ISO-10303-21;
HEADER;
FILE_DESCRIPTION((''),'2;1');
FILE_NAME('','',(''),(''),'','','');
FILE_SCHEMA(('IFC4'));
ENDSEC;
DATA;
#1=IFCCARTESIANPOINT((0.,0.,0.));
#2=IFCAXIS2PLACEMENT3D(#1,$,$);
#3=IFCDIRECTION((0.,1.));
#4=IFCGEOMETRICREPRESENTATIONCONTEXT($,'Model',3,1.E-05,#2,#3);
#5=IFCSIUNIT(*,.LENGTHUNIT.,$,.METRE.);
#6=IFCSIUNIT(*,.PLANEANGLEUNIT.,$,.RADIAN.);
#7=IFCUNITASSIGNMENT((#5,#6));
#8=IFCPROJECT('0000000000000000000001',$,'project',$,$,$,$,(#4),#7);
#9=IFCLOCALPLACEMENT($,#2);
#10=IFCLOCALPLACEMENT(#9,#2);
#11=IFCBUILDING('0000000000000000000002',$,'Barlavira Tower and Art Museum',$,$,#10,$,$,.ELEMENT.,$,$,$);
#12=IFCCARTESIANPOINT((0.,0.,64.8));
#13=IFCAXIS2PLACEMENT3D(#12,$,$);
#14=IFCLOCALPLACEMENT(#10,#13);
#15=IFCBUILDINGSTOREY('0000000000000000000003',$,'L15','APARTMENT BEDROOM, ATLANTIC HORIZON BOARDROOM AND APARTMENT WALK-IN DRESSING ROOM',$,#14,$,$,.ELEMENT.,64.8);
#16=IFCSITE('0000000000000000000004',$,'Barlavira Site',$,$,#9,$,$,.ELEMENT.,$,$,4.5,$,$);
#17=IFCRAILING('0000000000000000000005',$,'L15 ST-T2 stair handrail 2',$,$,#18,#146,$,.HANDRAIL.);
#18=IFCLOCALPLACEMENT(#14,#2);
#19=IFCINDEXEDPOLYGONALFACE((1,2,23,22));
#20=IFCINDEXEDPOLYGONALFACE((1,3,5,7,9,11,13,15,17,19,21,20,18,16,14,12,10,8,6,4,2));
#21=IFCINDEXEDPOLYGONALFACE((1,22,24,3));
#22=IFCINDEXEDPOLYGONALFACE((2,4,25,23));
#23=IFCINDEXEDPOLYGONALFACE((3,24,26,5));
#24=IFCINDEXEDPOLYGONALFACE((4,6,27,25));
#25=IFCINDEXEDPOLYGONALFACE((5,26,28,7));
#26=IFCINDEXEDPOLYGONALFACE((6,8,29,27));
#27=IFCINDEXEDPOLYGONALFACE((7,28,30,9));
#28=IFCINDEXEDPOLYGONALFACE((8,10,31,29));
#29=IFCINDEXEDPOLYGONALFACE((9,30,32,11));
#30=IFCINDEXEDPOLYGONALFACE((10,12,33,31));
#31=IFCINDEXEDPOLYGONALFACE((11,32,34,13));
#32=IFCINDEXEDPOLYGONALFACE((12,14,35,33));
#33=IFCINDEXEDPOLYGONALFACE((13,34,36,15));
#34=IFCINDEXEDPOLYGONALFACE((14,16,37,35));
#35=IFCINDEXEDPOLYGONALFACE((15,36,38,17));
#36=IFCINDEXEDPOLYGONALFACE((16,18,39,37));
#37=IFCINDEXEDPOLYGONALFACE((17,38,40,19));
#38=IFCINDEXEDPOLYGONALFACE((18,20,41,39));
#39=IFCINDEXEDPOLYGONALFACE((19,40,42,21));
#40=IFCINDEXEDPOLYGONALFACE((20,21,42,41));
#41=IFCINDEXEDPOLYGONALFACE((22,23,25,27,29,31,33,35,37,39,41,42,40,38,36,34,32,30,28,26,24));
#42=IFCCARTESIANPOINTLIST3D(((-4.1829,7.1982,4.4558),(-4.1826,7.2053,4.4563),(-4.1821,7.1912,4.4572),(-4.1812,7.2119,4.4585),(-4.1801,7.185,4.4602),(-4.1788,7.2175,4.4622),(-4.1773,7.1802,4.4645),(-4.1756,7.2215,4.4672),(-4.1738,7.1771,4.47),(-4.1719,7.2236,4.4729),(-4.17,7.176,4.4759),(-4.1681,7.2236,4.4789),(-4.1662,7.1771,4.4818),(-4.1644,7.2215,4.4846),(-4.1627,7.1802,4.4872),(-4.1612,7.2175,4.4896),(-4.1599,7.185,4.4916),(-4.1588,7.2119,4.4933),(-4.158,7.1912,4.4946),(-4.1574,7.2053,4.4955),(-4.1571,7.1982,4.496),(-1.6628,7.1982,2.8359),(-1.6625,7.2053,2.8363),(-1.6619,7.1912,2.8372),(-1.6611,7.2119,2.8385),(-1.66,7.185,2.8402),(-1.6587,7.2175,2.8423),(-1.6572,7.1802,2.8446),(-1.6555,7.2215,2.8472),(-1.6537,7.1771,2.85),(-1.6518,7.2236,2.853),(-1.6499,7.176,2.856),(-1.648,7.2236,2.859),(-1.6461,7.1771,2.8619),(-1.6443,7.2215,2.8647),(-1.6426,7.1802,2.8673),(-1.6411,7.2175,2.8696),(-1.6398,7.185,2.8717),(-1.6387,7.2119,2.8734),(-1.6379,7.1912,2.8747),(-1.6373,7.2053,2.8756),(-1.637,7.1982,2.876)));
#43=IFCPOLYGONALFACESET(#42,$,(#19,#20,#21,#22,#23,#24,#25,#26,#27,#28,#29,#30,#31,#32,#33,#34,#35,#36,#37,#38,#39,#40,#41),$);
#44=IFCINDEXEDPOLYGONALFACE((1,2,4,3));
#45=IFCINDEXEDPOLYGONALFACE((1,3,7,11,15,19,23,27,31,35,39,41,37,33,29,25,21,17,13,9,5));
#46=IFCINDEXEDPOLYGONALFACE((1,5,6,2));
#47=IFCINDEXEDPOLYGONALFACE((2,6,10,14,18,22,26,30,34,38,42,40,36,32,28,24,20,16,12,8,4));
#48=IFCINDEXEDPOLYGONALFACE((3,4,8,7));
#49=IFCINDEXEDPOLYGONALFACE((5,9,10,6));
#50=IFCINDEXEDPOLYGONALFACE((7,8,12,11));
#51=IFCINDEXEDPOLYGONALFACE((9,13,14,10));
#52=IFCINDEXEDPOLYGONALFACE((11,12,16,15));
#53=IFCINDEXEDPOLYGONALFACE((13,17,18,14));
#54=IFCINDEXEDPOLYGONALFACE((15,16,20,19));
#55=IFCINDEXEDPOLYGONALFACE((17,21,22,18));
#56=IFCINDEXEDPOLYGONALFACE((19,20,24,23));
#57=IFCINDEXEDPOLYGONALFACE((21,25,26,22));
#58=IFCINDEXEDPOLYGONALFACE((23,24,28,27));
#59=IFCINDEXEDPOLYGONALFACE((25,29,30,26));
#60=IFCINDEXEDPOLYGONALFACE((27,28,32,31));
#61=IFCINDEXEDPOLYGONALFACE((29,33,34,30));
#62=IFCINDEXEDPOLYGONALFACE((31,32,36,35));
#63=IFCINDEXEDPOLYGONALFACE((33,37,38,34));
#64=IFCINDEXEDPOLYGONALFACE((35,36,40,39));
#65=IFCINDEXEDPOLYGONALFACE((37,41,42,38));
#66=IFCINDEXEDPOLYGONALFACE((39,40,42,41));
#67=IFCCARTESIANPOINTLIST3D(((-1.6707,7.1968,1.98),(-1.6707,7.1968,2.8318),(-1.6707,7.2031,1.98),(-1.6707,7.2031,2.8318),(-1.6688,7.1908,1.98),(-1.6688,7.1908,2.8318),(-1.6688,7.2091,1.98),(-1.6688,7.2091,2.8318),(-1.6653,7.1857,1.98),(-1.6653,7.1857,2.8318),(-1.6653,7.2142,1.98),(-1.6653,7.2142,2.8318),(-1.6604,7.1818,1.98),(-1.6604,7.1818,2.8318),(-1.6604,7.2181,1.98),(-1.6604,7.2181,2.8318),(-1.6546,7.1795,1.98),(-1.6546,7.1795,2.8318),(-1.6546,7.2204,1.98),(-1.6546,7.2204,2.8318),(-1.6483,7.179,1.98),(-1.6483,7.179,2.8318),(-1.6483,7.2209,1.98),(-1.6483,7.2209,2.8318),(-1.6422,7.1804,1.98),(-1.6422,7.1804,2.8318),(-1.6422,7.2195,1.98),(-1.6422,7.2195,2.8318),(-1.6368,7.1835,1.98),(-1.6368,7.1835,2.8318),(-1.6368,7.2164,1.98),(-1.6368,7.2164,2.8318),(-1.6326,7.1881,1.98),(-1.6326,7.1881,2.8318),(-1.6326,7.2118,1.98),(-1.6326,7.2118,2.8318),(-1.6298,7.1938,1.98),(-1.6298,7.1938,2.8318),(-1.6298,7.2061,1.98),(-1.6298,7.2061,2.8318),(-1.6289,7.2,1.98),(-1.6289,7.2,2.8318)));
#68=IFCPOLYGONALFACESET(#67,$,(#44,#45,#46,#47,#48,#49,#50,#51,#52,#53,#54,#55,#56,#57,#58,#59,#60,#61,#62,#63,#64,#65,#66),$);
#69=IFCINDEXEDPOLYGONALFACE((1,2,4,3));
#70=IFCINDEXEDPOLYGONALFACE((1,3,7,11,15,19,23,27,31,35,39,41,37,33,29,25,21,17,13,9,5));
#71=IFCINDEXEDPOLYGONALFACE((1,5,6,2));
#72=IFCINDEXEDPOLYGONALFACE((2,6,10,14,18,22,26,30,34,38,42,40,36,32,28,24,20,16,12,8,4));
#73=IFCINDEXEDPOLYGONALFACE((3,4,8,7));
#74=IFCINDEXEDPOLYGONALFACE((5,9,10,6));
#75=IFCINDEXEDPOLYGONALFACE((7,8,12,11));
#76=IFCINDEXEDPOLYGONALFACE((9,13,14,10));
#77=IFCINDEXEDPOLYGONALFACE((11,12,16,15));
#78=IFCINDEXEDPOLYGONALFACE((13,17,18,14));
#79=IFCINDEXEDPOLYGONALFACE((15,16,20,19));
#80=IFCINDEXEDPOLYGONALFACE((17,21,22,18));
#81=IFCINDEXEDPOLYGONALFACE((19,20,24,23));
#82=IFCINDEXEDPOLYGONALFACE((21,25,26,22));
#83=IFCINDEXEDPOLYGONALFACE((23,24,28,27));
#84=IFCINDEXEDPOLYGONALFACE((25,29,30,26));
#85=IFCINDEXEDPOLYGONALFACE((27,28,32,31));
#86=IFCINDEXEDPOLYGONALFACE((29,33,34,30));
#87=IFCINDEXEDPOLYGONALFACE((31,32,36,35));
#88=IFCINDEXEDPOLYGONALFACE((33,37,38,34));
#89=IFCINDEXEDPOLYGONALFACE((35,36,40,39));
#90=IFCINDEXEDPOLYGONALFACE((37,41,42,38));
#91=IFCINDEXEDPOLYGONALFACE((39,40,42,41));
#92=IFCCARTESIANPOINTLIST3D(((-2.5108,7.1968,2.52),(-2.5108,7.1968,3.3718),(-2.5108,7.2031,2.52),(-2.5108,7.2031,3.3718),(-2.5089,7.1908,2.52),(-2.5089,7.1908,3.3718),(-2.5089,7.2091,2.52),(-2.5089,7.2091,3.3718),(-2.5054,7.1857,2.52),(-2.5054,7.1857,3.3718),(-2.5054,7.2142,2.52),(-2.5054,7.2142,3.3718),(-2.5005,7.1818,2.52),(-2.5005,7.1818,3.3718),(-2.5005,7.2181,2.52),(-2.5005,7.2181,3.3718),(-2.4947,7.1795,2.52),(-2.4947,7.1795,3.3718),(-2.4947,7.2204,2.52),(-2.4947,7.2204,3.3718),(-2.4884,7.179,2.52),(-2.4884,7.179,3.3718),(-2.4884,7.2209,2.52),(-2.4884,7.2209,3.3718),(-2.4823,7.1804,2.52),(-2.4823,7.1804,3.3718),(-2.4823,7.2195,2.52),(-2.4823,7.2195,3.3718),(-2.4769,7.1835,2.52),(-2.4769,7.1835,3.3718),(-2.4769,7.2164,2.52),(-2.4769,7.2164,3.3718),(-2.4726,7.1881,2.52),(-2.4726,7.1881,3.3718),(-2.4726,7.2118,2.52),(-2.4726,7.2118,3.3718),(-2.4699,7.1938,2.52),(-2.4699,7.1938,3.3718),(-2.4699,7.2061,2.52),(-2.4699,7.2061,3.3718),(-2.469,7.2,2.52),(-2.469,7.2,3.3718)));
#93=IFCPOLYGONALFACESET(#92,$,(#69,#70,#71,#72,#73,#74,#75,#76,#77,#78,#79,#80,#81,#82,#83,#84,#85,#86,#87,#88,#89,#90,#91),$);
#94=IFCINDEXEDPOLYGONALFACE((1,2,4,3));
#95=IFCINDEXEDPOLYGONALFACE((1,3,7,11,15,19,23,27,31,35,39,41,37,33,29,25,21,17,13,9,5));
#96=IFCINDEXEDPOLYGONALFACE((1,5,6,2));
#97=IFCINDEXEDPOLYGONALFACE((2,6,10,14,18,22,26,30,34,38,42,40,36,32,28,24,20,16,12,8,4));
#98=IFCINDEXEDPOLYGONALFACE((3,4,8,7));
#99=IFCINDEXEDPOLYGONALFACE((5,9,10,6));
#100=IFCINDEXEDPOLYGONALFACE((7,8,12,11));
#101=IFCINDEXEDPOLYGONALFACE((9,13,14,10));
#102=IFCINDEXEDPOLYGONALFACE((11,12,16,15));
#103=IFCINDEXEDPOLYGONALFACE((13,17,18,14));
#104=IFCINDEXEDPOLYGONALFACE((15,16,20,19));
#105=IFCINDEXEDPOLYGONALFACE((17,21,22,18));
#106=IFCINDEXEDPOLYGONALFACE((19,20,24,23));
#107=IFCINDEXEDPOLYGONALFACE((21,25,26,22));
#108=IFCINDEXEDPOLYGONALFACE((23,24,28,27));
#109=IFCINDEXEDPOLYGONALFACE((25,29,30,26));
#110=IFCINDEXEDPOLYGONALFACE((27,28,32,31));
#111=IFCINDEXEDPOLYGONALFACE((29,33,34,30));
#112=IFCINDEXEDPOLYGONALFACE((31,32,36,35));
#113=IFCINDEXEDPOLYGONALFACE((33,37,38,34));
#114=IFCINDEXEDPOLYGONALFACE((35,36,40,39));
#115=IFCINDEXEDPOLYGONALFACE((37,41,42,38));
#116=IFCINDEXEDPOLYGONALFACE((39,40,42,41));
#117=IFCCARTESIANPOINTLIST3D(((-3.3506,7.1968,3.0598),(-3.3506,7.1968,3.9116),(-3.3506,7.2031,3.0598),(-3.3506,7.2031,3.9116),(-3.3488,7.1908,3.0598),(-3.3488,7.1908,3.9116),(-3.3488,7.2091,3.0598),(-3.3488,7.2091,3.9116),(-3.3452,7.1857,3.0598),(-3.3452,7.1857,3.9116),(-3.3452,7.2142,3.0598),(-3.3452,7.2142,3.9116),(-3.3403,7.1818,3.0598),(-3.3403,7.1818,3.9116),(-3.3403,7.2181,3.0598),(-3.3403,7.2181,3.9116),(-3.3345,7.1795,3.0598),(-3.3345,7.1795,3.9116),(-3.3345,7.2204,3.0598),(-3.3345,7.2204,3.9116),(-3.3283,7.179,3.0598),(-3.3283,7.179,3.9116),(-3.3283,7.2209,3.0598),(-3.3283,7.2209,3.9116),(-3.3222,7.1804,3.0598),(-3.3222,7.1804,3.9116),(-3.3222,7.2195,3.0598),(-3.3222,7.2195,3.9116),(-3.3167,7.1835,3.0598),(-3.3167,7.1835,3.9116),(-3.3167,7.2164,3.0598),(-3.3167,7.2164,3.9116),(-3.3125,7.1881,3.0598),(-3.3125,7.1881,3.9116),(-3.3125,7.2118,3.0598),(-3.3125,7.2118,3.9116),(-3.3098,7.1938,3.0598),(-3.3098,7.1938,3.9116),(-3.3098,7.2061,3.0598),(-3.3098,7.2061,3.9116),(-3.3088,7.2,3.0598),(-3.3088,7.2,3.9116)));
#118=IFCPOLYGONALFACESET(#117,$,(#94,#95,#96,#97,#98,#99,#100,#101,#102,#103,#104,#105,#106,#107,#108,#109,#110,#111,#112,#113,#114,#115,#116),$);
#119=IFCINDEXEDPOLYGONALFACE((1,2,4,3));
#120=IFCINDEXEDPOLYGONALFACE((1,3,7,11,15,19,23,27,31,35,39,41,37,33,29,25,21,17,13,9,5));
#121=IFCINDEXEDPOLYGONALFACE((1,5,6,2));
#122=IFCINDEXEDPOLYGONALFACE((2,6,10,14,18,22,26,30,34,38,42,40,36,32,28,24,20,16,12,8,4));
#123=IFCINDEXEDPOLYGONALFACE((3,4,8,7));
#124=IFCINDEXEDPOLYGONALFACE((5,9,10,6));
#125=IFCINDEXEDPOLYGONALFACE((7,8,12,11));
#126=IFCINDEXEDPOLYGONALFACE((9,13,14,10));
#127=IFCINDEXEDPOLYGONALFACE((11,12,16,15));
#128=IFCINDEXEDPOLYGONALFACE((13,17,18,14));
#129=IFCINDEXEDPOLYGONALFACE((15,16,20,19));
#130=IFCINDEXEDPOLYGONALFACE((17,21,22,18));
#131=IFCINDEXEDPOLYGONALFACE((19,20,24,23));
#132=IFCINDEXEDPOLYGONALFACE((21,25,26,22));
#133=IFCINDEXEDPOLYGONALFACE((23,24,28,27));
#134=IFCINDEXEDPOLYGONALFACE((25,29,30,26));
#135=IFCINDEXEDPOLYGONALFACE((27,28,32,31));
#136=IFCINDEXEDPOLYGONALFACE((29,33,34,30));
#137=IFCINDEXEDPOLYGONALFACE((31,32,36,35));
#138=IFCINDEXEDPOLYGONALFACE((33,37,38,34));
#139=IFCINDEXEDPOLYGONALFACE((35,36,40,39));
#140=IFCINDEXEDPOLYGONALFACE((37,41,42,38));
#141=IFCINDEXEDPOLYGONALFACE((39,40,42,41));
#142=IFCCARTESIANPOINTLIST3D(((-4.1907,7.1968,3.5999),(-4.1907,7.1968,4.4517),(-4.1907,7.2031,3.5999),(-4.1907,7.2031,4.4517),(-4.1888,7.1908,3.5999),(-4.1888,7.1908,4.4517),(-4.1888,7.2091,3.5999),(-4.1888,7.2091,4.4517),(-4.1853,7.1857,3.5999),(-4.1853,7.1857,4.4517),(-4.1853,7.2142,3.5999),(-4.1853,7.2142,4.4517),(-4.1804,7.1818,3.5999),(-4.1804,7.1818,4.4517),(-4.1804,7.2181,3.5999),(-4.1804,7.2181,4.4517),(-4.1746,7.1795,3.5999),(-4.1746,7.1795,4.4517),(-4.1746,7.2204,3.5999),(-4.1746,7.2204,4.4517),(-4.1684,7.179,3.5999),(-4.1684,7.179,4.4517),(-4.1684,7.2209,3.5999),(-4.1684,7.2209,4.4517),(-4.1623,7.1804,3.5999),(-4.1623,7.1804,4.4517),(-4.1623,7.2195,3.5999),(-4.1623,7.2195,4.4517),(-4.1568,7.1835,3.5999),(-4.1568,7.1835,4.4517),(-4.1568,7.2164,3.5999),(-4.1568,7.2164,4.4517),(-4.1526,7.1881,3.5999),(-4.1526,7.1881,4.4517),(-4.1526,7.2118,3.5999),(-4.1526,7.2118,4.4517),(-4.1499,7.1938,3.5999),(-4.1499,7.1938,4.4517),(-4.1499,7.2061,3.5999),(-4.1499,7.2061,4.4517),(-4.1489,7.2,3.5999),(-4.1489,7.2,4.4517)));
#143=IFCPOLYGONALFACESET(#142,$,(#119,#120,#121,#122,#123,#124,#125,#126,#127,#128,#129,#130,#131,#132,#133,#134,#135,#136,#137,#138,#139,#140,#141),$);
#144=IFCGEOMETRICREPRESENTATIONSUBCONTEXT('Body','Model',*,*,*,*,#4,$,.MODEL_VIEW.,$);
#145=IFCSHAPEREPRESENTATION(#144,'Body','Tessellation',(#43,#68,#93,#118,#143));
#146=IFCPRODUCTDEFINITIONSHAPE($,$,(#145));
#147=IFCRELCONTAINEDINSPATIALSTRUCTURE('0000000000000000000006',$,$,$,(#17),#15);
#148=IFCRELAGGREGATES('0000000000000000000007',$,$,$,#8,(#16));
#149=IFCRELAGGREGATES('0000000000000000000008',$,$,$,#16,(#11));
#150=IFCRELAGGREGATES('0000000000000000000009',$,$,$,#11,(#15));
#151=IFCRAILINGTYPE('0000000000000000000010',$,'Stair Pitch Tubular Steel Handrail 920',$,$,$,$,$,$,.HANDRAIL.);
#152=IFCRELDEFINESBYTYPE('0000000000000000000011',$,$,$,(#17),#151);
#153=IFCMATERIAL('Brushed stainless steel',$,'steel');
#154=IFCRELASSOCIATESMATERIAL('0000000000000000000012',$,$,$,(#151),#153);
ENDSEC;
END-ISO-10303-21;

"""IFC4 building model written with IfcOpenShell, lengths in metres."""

from ifc_helpers import new_model, si_unit, direction, frame, origin, origin_2d, place, context, subcontext, project, spatial, circle, extrude, material, type_object, element, save


model = new_model("IFC4")

# Units and contexts
model_context = context("Model", 3, precision=1e-05, world=origin(), true_north=direction((0.0, 1.0)))
body_context = subcontext(model_context, "Body", "Model", "MODEL_VIEW")
ifc_project = project(units=[si_unit("LENGTHUNIT", "METRE"), si_unit("PLANEANGLEUNIT", "RADIAN")], contexts=[model_context])

# Site, building, storey
site_placement = place(None, origin())
site = spatial("IfcSite", under=ifc_project, at=site_placement, Name="Barlavira Site", CompositionType="ELEMENT", RefElevation=4.5)
building_placement = place(site_placement, origin())
building = spatial("IfcBuilding", under=site, at=building_placement, Name="Barlavira Tower and Art Museum", CompositionType="ELEMENT")
storey_placement = place(building_placement, frame((0.0, 0.0, 64.8)))
storey = spatial("IfcBuildingStorey", under=building, at=storey_placement, Name="L15", Description="APARTMENT BEDROOM, ATLANTIC HORIZON BOARDROOM AND APARTMENT WALK-IN DRESSING ROOM", CompositionType="ELEMENT", Elevation=64.8)

# Shared definitions
ifc_material_1 = material(Name="Brushed stainless steel", Category="steel")

# Railing
railing_type_1 = type_object("IfcRailingType", Name="Stair Pitch Tubular Steel Handrail 920", PredefinedType="HANDRAIL", material=ifc_material_1)
railing_1_placement = place(storey_placement, frame((-1.6499, 7.2, 1.98)))
element("IfcRailing", 1, at=railing_1_placement, inside=storey, type_object=railing_type_1, Name="L15 ST-T2 stair handrail 2", PredefinedType="HANDRAIL", context=body_context, shape_type="SweptSolid", body=[
    extrude(circle(Radius=0.0239, at=origin_2d()), frame((0.0, 0.0, 0.876), z_axis=(-0.8412, 0.0, 0.540725), x_axis=(0.0, -1.0, 0.0)), (0.0, 0.0, 1.0), 2.9958),
    extrude(circle(Radius=0.021, at=origin_2d()), origin(), (0.0, 0.0, 1.0), 0.8518),
    extrude(circle(Radius=0.021, at=origin_2d()), frame((-0.8401, 0.0, 0.54)), (0.0, 0.0, 1.0), 0.8518),
    extrude(circle(Radius=0.021, at=origin_2d()), frame((-1.6799, 0.0, 1.0798)), (0.0, 0.0, 1.0), 0.8518),
    extrude(circle(Radius=0.021, at=origin_2d()), frame((-2.52, 0.0, 1.6199)), (0.0, 0.0, 1.0), 0.8518),
])

save(model, "model.ifc")
